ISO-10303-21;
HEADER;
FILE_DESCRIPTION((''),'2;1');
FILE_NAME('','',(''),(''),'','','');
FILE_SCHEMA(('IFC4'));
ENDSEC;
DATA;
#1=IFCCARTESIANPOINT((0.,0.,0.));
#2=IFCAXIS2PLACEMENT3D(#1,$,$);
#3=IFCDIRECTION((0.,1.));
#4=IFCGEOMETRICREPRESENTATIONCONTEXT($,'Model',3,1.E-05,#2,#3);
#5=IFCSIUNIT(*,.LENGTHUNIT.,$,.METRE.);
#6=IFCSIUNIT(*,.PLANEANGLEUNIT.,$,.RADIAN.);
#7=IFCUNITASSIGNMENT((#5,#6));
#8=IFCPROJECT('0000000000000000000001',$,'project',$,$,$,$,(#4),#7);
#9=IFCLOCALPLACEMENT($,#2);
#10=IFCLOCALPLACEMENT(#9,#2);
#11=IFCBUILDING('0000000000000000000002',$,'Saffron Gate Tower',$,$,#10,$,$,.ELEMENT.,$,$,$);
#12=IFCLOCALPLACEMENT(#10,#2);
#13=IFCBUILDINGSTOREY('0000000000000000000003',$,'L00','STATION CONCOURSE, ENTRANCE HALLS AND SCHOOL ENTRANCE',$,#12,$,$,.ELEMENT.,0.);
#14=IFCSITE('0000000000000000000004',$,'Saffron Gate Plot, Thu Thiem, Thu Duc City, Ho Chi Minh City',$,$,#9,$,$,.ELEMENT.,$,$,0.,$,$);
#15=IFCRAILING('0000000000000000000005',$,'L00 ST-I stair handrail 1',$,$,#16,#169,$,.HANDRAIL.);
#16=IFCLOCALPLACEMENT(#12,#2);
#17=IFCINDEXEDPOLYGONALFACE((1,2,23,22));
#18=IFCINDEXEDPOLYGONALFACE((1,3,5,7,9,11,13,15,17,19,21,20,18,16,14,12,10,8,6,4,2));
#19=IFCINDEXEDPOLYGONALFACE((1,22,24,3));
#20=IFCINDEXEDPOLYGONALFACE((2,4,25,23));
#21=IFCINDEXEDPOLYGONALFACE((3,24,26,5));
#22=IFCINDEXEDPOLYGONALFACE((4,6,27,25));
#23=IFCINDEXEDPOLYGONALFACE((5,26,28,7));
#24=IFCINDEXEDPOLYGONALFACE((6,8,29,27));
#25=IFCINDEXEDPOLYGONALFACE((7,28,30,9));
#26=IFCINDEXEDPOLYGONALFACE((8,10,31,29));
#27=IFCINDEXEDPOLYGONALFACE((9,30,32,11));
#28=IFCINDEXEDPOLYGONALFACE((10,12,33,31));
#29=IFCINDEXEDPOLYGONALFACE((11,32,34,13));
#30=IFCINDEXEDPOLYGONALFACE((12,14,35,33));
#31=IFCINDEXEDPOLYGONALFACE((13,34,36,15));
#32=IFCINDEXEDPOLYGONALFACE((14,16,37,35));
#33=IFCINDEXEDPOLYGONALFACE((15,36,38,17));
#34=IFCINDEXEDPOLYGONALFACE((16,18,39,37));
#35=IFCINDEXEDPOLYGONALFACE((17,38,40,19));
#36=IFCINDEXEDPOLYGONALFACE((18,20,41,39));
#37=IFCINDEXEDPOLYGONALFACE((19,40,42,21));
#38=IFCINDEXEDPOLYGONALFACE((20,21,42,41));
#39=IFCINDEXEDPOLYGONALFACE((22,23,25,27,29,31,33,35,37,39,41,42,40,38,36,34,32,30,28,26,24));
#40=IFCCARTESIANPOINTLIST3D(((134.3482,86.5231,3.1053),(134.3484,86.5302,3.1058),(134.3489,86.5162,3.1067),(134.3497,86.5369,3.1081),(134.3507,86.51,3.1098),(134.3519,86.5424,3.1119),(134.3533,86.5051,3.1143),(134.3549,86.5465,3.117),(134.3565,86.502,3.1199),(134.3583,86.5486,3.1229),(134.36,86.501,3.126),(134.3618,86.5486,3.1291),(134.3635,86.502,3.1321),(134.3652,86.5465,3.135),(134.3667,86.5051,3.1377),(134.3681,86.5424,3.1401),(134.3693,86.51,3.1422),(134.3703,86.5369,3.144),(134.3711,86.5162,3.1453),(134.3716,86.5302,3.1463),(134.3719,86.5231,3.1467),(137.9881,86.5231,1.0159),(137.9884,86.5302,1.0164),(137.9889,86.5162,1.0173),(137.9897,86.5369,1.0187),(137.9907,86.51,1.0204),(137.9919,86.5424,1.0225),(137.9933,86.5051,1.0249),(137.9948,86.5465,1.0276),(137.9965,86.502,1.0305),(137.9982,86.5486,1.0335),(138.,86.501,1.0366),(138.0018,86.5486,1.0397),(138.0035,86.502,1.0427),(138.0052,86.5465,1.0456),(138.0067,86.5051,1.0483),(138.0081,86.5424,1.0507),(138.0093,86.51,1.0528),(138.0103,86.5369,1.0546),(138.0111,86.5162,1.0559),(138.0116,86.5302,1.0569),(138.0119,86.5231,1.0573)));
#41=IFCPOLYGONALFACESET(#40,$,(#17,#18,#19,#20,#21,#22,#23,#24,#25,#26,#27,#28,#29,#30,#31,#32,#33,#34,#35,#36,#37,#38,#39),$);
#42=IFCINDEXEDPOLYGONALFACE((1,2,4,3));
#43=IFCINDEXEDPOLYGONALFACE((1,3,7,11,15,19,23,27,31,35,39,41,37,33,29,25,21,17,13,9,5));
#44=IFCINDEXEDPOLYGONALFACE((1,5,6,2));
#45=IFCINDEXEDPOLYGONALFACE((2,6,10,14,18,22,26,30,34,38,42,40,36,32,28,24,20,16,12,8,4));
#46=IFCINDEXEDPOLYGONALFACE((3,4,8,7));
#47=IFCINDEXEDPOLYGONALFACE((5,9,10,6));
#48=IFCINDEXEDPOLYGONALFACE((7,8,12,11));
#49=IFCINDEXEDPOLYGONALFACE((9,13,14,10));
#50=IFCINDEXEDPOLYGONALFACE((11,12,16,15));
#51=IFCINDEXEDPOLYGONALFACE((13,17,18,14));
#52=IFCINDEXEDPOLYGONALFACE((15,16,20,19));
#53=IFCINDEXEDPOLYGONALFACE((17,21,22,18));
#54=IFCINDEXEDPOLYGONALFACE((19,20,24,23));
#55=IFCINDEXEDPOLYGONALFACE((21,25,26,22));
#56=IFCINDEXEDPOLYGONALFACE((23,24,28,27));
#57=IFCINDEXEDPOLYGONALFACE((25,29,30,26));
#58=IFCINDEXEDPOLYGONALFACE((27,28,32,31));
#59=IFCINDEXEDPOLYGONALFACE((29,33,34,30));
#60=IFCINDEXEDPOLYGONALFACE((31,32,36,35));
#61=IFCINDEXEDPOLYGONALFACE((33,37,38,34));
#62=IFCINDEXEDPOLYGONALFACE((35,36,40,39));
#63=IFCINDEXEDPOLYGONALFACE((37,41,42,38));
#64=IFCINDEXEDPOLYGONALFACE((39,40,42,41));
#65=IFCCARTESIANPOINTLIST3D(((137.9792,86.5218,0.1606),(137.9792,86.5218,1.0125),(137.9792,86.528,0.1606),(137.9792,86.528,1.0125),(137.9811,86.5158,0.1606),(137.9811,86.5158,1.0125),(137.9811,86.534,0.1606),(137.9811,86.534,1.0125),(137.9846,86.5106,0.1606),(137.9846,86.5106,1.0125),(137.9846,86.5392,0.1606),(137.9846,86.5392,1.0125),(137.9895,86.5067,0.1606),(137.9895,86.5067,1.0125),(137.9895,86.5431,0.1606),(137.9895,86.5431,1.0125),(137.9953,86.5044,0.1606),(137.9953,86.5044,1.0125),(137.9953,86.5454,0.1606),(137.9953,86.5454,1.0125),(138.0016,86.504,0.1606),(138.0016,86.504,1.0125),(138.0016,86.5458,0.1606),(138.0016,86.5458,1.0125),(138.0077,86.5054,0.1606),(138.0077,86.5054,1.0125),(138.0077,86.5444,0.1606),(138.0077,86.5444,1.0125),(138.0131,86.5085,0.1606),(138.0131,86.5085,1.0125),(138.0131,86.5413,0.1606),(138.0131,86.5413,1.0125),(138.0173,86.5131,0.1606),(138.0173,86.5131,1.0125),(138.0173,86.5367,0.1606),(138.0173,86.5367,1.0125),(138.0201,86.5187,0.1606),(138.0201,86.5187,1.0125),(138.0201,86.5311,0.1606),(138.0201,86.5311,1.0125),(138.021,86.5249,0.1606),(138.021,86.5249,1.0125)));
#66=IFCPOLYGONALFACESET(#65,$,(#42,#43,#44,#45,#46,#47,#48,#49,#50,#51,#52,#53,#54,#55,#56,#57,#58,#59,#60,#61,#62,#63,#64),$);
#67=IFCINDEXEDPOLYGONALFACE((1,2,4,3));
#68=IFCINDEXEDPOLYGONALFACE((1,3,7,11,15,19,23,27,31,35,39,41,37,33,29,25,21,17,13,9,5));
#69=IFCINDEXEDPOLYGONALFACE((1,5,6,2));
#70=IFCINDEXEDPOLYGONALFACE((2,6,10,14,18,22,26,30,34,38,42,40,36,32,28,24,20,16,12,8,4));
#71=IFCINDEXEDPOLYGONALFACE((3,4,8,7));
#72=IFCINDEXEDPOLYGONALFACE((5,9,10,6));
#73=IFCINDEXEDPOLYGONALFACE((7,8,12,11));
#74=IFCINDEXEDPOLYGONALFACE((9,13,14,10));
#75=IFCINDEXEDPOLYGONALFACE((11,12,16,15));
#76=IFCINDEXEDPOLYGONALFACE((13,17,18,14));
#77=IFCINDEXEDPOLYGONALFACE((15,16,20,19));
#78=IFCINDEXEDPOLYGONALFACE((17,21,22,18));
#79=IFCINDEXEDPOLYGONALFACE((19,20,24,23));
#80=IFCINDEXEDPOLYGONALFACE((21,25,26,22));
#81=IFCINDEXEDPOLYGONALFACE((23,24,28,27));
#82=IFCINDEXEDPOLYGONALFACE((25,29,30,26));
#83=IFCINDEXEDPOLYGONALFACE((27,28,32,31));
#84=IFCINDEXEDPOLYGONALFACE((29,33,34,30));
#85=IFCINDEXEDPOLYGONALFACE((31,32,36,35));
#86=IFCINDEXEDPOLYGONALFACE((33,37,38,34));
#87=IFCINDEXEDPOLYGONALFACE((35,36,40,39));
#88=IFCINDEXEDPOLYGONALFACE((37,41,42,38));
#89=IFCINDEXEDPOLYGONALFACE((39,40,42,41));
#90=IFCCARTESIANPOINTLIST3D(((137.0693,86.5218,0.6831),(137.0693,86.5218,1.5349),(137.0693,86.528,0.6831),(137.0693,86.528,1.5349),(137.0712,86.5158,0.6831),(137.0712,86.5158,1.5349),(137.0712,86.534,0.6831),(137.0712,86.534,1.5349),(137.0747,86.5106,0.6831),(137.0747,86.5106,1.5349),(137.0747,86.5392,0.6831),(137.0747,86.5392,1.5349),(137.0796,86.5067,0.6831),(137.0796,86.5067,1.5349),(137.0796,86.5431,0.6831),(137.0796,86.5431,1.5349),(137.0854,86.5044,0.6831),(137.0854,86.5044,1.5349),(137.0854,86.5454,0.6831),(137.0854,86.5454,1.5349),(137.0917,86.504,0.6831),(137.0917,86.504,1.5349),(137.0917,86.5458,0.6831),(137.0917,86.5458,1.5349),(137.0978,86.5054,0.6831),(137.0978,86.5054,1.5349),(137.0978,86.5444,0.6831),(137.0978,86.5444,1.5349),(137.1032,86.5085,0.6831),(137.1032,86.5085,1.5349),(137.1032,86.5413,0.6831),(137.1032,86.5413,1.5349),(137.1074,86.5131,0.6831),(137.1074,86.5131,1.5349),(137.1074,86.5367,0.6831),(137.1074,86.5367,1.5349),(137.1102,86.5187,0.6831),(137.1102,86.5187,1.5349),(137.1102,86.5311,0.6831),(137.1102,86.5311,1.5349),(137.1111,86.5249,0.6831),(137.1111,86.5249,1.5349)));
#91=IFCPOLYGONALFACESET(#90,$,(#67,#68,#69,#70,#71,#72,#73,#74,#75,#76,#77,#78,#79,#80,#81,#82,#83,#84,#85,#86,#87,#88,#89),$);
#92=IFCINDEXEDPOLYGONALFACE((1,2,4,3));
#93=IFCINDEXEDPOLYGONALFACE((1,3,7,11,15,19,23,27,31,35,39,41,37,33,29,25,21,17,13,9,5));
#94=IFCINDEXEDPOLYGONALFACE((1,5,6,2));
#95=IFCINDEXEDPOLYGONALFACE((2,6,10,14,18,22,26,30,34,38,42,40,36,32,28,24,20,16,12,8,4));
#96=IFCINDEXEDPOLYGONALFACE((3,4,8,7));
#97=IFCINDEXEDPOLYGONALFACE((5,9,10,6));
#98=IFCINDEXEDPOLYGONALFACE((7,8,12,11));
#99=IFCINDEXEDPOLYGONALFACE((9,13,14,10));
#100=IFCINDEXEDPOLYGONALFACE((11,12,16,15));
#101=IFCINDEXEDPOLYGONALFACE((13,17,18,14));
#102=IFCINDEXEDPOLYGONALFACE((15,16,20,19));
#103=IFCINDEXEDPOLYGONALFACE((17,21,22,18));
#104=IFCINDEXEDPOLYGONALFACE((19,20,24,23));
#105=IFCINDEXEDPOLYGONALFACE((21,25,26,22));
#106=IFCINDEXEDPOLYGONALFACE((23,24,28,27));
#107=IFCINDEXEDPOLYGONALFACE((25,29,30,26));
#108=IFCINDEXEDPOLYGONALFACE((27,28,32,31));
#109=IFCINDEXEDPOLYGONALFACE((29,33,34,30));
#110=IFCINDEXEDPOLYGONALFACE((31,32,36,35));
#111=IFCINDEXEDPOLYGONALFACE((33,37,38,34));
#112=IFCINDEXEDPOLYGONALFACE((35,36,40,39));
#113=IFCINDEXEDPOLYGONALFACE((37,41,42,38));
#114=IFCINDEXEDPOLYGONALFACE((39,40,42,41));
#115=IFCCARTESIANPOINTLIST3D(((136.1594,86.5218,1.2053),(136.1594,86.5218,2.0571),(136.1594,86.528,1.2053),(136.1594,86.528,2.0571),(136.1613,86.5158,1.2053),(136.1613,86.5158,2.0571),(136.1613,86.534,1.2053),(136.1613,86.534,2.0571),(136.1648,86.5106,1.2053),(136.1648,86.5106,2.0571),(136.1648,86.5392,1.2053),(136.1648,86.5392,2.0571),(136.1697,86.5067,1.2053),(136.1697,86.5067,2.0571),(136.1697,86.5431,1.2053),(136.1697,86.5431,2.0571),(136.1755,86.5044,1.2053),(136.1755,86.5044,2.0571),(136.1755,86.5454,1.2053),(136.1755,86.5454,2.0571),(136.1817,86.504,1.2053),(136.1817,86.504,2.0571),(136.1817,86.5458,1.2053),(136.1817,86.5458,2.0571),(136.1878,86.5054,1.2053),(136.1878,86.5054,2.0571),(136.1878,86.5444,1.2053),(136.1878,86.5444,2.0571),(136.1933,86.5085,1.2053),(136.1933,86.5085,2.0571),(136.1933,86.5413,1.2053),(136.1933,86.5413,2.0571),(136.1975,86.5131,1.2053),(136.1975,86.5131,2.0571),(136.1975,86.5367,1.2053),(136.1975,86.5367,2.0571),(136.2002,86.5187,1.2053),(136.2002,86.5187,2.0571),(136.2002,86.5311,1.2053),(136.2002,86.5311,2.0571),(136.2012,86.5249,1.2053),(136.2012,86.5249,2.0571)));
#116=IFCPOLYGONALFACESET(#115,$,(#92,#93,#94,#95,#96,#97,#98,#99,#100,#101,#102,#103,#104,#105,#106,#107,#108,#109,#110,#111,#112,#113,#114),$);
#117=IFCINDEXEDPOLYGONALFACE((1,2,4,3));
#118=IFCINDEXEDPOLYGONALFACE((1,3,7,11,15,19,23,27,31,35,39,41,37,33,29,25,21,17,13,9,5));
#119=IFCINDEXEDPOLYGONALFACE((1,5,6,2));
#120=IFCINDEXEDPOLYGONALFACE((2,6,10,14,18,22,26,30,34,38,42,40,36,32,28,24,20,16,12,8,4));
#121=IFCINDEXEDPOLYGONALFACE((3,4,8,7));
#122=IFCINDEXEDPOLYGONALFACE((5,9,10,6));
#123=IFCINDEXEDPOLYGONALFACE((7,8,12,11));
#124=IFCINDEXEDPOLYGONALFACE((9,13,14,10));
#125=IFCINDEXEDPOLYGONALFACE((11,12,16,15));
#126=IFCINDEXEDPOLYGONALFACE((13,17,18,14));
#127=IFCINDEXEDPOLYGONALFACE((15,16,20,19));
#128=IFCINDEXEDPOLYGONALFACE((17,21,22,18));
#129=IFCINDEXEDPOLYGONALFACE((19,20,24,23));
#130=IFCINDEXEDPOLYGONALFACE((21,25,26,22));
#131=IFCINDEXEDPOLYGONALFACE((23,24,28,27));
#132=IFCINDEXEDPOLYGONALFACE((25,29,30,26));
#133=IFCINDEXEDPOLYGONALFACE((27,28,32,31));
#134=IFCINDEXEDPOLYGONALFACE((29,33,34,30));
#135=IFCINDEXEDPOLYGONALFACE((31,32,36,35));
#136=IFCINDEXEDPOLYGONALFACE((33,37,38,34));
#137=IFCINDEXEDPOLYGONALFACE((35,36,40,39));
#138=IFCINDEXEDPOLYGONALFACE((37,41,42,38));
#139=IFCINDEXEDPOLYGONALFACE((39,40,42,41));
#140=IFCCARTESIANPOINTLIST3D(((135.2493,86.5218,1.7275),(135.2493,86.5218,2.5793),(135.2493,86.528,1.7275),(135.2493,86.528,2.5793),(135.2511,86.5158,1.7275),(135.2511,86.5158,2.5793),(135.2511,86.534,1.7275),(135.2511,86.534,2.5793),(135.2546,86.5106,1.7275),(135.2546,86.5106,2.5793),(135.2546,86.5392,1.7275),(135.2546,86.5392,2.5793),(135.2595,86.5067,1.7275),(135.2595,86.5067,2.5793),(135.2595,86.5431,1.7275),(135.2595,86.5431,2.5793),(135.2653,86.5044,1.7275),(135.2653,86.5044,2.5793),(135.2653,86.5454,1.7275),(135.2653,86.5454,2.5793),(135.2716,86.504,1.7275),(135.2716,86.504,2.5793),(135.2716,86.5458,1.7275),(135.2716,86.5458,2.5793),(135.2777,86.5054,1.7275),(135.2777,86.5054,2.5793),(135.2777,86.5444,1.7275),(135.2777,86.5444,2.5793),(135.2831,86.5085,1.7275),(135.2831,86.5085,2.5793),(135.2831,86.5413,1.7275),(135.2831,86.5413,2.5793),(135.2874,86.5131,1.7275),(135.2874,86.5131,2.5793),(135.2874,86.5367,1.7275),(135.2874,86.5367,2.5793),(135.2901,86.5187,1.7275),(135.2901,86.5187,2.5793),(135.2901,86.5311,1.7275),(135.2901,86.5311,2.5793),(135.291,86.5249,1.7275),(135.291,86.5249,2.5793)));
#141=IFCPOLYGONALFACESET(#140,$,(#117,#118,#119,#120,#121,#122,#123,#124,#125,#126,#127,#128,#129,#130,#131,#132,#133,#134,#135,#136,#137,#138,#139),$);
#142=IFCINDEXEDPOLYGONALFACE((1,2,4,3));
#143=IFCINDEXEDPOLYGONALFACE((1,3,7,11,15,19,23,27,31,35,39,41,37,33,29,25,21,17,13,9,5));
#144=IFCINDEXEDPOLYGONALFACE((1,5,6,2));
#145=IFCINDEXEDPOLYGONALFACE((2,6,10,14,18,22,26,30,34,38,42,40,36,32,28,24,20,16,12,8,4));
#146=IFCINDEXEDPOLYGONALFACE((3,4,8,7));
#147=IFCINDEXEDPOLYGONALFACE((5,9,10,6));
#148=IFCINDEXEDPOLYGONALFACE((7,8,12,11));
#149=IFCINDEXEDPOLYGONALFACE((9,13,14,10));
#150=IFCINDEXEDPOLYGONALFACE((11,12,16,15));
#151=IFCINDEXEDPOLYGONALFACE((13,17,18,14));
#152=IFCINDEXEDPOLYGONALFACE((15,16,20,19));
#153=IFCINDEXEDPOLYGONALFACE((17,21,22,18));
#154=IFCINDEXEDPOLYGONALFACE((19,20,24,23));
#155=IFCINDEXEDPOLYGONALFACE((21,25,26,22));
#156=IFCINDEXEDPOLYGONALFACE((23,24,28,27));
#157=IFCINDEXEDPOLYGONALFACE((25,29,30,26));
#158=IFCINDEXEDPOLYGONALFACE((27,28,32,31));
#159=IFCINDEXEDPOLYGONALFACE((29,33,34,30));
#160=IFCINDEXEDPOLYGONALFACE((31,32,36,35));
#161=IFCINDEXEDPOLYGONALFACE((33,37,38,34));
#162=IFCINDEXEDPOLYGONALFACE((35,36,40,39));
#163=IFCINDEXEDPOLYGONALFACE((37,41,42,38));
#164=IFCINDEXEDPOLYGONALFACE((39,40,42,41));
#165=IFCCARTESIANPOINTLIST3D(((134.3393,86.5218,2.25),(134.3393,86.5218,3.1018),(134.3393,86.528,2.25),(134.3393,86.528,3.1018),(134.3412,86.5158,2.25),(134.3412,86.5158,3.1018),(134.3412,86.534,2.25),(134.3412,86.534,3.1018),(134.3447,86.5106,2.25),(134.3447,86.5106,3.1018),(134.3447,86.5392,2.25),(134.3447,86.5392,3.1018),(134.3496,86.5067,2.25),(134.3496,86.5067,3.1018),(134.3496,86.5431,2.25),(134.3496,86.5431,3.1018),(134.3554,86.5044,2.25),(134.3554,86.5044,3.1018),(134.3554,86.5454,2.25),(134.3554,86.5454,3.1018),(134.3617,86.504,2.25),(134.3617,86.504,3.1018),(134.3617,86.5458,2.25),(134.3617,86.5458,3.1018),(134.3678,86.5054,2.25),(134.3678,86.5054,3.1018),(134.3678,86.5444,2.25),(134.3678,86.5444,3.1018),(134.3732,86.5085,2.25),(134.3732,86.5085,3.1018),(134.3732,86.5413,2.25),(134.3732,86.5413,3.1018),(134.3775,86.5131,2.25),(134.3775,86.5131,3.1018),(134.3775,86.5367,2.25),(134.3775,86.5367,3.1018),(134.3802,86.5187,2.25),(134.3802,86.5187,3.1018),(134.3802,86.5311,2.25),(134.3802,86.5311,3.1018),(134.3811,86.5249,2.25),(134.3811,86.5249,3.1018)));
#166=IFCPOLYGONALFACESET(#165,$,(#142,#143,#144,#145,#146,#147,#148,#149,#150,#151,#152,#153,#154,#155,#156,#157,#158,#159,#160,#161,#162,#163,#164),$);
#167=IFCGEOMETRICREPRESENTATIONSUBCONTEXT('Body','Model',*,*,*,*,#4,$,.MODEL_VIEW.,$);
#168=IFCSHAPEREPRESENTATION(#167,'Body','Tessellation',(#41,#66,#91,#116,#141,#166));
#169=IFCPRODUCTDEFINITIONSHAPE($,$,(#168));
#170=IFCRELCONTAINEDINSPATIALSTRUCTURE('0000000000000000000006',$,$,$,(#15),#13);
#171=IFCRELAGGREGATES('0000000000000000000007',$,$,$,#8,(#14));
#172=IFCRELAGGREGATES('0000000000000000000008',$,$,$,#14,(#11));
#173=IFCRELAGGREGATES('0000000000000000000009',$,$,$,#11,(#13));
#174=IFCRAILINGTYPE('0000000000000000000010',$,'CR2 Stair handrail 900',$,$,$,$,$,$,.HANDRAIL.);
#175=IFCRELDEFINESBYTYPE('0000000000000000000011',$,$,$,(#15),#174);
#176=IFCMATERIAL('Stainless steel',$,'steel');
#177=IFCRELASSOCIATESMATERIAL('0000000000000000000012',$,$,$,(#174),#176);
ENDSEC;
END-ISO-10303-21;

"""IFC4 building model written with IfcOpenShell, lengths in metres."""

from ifc_helpers import new_model, si_unit, direction, frame, origin, origin_2d, place, context, subcontext, project, spatial, circle, extrude, material, type_object, element, save


model = new_model("IFC4")

# Units and contexts
model_context = context("Model", 3, precision=1e-05, world=origin(), true_north=direction((0.0, 1.0)))
body_context = subcontext(model_context, "Body", "Model", "MODEL_VIEW")
ifc_project = project(units=[si_unit("LENGTHUNIT", "METRE"), si_unit("PLANEANGLEUNIT", "RADIAN")], contexts=[model_context])

# Site, building, storey
site_placement = place(None, origin())
site = spatial("IfcSite", under=ifc_project, at=site_placement, Name="Saffron Gate Plot, Thu Thiem, Thu Duc City, Ho Chi Minh City", CompositionType="ELEMENT", RefElevation=0.0)
building_placement = place(site_placement, origin())
building = spatial("IfcBuilding", under=site, at=building_placement, Name="Saffron Gate Tower", CompositionType="ELEMENT")
storey_placement = place(building_placement, origin())
storey = spatial("IfcBuildingStorey", under=building, at=storey_placement, Name="L00", Description="STATION CONCOURSE, ENTRANCE HALLS AND SCHOOL ENTRANCE", CompositionType="ELEMENT", Elevation=0.0)

# Railing
ifc_material_1 = material(Name="Stainless steel", Category="steel")
railing_type = type_object("IfcRailingType", Name="CR2 Stair handrail 900", PredefinedType="HANDRAIL", material=ifc_material_1)
for number, where, name in (
    (1, (138.0, 86.5249, 0.1606), "L00 ST-I stair handrail 1"),
):
    element("IfcRailing", number, at=place(storey_placement, frame(where)), inside=storey, type_object=railing_type, Name=name, PredefinedType="HANDRAIL", context=body_context, shape_type="SweptSolid", body=[
        extrude(circle(Radius=0.0239, at=origin_2d()), frame((0.0, 0.0, 0.876), z_axis=(-0.867275, 0.0, 0.497829), x_axis=(0.0, -1.0, 0.0)), (0.0, 0.0, 1.0), 4.197),
        extrude(circle(Radius=0.021, at=origin_2d()), origin(), (0.0, 0.0, 1.0), 0.8518),
        extrude(circle(Radius=0.021, at=origin_2d()), frame((-0.9099, 0.0, 0.5225)), (0.0, 0.0, 1.0), 0.8518),
        extrude(circle(Radius=0.021, at=origin_2d()), frame((-1.8198, 0.0, 1.0447)), (0.0, 0.0, 1.0), 0.8518),
        extrude(circle(Radius=0.021, at=origin_2d()), frame((-2.73, 0.0, 1.5669)), (0.0, 0.0, 1.0), 0.8518),
        extrude(circle(Radius=0.021, at=origin_2d()), frame((-3.6399, 0.0, 2.0894)), (0.0, 0.0, 1.0), 0.8518),
    ])

save(model, "model.ifc")
